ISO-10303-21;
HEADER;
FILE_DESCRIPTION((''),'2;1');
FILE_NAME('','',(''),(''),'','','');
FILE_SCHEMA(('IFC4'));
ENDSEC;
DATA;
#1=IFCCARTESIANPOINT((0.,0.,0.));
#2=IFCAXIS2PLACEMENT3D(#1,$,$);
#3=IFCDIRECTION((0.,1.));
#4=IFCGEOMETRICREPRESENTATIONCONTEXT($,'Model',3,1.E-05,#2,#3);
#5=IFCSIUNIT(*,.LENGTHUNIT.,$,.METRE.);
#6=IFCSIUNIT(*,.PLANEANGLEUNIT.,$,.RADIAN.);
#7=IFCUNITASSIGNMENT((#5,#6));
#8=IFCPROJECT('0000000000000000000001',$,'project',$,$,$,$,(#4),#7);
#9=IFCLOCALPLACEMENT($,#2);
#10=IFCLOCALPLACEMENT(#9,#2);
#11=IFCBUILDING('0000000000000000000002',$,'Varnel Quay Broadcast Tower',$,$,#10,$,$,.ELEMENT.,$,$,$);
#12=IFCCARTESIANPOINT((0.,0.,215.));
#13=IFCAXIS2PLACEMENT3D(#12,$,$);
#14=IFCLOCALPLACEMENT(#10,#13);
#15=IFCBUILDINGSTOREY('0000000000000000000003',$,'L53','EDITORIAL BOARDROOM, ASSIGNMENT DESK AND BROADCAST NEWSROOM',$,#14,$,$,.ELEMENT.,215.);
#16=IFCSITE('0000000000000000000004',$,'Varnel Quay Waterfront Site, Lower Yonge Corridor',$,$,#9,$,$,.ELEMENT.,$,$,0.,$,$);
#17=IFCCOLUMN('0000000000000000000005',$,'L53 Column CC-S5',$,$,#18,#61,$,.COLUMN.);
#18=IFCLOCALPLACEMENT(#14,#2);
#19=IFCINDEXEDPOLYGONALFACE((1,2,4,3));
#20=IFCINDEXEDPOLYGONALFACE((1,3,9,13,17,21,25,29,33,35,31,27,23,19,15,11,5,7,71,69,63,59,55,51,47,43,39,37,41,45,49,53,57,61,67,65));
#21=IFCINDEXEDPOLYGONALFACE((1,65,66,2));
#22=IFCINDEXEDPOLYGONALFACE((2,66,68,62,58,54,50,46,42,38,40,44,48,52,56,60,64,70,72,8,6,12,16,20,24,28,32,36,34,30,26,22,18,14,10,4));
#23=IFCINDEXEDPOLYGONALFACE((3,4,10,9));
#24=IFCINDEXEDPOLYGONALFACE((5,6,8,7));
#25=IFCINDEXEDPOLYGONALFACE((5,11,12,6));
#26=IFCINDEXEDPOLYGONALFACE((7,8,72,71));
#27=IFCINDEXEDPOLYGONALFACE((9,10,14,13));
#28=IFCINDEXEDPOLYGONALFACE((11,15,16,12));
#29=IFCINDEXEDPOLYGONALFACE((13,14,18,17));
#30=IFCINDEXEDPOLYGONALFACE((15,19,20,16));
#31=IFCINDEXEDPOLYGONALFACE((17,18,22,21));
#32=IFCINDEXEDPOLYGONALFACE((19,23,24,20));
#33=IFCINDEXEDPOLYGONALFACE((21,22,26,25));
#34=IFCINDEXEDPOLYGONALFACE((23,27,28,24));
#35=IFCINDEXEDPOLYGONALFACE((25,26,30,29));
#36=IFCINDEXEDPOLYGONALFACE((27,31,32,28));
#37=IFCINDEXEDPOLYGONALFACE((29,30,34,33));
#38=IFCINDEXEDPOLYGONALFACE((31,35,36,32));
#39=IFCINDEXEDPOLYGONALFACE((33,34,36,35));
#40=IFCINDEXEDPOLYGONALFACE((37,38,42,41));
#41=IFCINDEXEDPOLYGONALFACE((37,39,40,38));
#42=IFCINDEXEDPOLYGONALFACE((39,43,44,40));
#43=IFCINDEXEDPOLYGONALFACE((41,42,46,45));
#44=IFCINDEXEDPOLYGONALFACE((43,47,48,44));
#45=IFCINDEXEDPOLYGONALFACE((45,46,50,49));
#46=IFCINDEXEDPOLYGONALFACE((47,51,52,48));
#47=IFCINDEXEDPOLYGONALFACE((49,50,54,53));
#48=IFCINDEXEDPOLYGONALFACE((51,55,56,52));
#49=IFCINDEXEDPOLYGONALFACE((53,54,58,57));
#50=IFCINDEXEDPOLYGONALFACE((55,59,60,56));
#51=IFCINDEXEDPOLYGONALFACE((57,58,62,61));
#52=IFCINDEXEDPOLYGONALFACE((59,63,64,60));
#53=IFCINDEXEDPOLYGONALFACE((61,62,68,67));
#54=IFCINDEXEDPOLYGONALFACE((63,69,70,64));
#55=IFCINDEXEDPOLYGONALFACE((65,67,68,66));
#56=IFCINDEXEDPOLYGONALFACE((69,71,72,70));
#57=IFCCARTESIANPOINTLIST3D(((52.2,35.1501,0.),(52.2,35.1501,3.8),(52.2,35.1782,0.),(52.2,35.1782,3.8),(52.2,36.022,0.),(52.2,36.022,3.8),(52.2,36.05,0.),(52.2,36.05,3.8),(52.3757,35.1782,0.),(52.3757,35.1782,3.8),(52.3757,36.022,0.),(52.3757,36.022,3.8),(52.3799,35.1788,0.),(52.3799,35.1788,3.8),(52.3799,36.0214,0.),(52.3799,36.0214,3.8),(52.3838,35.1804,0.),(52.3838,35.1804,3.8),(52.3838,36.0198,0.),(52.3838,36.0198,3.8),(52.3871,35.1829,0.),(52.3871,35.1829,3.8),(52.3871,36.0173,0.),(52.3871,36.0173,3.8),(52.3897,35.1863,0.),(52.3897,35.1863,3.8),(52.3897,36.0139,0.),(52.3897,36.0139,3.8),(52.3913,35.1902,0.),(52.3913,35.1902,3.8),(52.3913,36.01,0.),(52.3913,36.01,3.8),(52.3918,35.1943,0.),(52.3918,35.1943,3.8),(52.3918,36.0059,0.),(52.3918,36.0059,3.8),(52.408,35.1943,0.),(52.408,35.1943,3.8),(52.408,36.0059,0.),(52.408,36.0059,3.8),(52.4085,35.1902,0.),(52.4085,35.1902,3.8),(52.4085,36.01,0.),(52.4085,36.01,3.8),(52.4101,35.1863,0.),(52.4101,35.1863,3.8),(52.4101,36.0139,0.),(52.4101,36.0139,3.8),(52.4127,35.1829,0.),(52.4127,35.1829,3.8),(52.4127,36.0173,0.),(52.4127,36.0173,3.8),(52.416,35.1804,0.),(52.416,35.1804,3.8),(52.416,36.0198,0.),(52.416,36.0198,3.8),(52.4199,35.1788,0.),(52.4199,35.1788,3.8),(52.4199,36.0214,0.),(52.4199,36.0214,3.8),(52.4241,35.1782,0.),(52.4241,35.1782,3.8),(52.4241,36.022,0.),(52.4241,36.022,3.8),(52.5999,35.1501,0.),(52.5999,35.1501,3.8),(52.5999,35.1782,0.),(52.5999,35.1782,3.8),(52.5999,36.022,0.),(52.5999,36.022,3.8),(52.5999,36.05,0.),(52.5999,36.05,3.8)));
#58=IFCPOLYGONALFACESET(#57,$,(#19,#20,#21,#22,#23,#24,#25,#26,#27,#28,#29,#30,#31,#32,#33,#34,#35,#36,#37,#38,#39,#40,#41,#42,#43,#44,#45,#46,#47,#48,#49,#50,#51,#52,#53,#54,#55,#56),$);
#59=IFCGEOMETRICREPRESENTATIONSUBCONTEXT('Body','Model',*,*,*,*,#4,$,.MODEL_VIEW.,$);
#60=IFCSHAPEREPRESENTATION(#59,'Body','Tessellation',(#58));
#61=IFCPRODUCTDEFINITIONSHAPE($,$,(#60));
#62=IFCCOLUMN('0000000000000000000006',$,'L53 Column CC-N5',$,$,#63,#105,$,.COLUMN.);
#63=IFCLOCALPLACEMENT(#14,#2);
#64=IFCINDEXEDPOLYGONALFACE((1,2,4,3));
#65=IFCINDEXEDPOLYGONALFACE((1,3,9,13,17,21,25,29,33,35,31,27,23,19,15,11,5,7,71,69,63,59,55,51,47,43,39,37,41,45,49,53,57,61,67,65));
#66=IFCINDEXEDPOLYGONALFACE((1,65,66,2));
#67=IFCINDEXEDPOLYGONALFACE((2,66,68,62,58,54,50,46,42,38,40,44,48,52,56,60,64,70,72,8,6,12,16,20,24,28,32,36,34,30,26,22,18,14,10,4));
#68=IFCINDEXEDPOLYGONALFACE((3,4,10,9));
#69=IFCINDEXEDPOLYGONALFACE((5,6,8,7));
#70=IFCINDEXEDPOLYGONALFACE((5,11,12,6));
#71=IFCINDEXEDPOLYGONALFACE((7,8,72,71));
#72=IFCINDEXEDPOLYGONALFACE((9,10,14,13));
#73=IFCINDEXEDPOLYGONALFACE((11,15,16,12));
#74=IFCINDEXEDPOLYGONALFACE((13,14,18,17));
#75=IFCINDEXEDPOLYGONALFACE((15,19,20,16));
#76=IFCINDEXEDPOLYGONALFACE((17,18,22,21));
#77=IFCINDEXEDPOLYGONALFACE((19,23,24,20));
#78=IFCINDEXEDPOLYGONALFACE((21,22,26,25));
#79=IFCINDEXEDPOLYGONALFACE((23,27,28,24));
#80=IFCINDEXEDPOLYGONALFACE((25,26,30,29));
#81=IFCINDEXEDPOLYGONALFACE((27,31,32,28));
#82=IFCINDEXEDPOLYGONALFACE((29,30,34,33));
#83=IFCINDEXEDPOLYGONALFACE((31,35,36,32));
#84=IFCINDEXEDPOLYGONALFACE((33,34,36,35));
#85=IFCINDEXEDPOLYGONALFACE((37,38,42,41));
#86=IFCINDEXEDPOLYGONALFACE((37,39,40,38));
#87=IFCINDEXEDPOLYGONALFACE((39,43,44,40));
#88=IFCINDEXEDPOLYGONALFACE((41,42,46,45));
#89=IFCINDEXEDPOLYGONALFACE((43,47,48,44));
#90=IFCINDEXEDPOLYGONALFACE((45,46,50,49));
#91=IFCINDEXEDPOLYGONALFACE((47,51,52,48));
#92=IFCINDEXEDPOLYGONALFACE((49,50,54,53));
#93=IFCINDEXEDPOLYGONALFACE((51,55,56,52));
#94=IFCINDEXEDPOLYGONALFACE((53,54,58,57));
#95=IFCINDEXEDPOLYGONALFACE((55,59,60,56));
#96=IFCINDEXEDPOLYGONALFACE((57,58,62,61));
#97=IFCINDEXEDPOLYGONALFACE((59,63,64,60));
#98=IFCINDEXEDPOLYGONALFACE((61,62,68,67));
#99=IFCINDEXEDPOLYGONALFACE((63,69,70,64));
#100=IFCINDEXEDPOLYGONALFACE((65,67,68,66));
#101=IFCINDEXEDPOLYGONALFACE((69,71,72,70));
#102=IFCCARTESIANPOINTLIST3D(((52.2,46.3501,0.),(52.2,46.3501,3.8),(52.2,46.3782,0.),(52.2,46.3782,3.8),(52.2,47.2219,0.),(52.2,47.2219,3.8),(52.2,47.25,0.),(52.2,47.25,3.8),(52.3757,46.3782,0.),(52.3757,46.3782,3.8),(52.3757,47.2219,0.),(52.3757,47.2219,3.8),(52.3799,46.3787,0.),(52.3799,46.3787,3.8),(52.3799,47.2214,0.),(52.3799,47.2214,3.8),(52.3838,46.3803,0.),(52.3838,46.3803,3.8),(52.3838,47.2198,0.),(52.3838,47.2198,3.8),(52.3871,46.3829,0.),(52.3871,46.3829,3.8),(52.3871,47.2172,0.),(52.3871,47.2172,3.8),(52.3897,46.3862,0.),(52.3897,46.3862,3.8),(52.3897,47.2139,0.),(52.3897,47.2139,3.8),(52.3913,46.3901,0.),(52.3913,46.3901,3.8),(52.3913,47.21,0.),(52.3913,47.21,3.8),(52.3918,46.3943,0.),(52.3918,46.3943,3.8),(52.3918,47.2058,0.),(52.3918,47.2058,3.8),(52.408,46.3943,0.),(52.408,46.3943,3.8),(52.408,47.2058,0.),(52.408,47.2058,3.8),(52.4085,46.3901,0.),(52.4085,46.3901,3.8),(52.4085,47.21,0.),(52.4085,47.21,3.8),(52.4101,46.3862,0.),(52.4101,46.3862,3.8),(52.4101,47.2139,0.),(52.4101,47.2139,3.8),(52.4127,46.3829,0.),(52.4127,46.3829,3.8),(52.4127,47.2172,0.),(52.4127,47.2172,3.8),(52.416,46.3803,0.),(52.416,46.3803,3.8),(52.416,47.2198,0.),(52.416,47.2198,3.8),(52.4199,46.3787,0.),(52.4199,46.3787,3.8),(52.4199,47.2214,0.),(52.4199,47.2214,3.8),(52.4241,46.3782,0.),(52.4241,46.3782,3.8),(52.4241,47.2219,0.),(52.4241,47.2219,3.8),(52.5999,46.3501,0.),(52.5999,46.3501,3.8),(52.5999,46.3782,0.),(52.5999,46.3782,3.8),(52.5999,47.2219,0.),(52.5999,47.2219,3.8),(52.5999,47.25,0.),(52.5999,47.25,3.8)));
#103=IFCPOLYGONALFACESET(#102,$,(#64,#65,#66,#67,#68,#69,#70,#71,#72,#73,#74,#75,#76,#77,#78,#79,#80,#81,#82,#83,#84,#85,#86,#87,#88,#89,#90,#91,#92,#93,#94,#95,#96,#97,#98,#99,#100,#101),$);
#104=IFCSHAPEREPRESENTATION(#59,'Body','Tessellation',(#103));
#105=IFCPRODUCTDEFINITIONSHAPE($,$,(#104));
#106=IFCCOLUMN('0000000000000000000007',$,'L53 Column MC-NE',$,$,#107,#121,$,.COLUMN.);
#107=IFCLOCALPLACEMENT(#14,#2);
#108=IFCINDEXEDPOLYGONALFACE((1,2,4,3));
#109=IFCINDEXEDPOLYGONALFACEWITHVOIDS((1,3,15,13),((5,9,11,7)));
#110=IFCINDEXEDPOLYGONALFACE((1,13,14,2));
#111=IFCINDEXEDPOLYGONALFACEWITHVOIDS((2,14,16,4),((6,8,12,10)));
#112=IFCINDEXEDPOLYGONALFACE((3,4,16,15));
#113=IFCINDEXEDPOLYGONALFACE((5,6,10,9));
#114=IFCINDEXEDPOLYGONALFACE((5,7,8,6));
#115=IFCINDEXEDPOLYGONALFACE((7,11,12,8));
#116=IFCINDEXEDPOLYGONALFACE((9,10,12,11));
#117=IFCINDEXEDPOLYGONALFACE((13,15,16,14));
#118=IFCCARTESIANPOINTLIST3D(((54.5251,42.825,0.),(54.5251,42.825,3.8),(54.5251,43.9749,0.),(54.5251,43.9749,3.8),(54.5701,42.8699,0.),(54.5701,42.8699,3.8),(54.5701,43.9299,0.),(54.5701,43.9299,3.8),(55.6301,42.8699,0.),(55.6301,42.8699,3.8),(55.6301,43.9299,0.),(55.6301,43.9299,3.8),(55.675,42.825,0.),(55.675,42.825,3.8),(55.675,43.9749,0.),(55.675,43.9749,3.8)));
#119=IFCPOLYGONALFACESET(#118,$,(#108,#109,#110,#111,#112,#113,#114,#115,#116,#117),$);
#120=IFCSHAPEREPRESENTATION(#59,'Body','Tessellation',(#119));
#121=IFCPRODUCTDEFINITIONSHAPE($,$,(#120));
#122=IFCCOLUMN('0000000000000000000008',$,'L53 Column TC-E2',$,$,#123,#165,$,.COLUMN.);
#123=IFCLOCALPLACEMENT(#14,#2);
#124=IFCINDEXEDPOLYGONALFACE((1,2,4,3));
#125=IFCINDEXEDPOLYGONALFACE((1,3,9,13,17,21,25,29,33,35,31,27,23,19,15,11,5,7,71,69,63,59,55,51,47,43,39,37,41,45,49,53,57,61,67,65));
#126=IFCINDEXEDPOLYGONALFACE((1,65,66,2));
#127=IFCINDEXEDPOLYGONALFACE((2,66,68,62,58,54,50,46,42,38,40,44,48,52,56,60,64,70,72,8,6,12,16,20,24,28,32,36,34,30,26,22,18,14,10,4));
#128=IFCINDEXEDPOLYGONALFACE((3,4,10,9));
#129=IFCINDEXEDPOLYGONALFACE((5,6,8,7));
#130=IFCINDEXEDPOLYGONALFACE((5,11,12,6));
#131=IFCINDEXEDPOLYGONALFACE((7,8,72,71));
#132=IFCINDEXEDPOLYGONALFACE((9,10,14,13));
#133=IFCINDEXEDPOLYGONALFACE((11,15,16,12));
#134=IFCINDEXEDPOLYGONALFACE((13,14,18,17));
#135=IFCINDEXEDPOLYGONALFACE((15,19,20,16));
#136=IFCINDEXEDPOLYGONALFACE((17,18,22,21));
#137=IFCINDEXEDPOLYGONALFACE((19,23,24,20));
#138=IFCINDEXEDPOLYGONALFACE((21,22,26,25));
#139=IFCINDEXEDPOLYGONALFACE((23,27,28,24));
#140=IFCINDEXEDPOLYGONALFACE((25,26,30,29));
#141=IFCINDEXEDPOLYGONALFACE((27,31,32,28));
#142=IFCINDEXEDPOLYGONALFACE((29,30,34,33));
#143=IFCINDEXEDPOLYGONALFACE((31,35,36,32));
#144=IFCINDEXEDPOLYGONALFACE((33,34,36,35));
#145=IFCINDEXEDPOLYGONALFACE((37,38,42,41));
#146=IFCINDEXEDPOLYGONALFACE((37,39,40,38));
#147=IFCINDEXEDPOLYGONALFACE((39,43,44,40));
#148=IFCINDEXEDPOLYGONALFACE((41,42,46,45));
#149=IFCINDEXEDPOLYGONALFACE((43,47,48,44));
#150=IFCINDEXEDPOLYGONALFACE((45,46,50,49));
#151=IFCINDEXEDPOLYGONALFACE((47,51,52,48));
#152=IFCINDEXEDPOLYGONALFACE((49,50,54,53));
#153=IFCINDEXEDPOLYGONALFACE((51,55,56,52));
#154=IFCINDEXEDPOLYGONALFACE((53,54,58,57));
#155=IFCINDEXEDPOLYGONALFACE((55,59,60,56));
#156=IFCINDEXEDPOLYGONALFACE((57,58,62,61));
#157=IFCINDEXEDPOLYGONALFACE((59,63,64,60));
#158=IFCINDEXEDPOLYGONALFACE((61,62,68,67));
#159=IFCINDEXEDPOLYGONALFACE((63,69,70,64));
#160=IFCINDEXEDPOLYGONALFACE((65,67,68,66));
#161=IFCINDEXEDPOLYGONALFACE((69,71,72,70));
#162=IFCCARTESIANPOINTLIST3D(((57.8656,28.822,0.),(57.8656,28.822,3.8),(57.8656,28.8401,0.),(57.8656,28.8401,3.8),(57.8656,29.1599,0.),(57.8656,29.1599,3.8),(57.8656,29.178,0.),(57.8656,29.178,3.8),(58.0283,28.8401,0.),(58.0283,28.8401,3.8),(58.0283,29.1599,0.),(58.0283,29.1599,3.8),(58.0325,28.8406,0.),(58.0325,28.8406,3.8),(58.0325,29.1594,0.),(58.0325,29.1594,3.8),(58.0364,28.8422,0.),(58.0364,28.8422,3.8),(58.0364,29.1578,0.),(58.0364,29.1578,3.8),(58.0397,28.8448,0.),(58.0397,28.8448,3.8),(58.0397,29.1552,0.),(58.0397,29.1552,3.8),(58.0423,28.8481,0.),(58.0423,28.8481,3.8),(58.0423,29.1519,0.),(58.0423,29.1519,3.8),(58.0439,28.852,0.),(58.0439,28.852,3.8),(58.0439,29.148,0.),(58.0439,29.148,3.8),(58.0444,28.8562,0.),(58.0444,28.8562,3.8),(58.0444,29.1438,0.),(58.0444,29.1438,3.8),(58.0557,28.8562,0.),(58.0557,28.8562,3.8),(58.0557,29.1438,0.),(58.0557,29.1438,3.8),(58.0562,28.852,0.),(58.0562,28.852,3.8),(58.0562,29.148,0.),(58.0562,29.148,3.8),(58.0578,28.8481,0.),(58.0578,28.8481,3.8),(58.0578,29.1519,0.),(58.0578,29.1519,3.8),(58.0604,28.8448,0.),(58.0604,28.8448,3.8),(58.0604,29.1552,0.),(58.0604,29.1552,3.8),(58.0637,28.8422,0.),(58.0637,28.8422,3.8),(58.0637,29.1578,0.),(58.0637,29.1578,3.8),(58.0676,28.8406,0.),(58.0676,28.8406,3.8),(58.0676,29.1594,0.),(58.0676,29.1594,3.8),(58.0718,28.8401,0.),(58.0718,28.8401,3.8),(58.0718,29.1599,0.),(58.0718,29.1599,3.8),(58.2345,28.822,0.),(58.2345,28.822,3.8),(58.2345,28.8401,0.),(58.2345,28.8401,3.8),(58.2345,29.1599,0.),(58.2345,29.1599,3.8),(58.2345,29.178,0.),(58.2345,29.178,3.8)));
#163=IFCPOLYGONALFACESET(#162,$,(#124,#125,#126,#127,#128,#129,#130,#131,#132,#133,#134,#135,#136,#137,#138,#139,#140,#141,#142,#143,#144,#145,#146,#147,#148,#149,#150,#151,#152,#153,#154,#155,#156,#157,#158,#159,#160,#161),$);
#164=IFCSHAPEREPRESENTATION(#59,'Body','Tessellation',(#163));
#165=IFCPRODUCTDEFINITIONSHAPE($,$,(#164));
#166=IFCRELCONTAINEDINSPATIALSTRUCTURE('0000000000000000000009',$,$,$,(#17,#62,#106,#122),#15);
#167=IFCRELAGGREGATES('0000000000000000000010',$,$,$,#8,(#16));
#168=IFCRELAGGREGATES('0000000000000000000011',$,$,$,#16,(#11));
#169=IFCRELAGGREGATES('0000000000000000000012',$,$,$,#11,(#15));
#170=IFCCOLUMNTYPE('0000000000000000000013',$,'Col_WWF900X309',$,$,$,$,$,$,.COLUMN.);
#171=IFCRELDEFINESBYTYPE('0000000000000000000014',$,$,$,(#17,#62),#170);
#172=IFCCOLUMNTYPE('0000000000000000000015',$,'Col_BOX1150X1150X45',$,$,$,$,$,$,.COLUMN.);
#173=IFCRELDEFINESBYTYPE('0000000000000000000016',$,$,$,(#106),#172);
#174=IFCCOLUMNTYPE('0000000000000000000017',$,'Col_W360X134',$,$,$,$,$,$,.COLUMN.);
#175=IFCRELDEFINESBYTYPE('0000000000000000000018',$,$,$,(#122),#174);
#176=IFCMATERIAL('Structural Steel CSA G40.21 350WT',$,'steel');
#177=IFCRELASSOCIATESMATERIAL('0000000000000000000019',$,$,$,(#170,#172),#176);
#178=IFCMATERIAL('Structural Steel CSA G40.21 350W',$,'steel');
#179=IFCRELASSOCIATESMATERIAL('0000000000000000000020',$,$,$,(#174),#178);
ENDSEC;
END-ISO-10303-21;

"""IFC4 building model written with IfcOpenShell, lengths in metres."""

from ifc_helpers import new_model, si_unit, direction, frame, origin, origin_2d, place, context, subcontext, project, spatial, hollow_rectangle, i_section, extrude, source, transform, mapped, material, material_profile, profile_set, type_object, type_shapes, element, save


model = new_model("IFC4")

# Units and contexts
model_context = context("Model", 3, precision=1e-05, world=origin(), true_north=direction((0.0, 1.0)))
body_context = subcontext(model_context, "Body", "Model", "MODEL_VIEW")
ifc_project = project(units=[si_unit("LENGTHUNIT", "METRE"), si_unit("PLANEANGLEUNIT", "RADIAN")], contexts=[model_context])

# Site, building, storey
site_placement = place(None, origin())
site = spatial("IfcSite", under=ifc_project, at=site_placement, Name="Varnel Quay Waterfront Site, Lower Yonge Corridor", CompositionType="ELEMENT", RefElevation=0.0)
building_placement = place(site_placement, origin())
building = spatial("IfcBuilding", under=site, at=building_placement, Name="Varnel Quay Broadcast Tower", CompositionType="ELEMENT")
storey_placement = place(building_placement, frame((0.0, 0.0, 215.0)))
storey = spatial("IfcBuildingStorey", under=building, at=storey_placement, Name="L53", Description="EDITORIAL BOARDROOM, ASSIGNMENT DESK AND BROADCAST NEWSROOM", CompositionType="ELEMENT", Elevation=215.0)

# Columns
ifc_material_1 = material(Name="Structural Steel CSA G40.21 350WT", Category="steel")
ifc_material_profile_1 = material_profile(ifc_material_1, i_section(OverallWidth=0.3999, OverallDepth=0.8999, WebThickness=0.0161, FlangeThickness=0.0281, FilletRadius=0.0161, at=origin_2d()), Name="WWF900X309")
ifc_profile_set_1 = profile_set([ifc_material_profile_1], Name="Structural Steel CSA G40.21 350WT")
column_type_1 = type_object("IfcColumnType", Name="Col_WWF900X309", PredefinedType="COLUMN", material=ifc_profile_set_1)
shared_shape_1 = source(origin(), body_context, "Body", "SweptSolid", [
    extrude(i_section(OverallWidth=0.3999, OverallDepth=0.8999, WebThickness=0.0161, FlangeThickness=0.0281, FilletRadius=0.0161, at=origin_2d()), origin(), (0.0, 0.0, 1.0), 3.8),
])
type_shapes(column_type_1, [shared_shape_1])
for number, where, z_axis, x_axis, name in (
    (1, (52.3999, 35.6001, 0.0), (0.0, 0.0, 1.0), (1.0, 0.0, 0.0), "L53 Column CC-S5"),
    (2, (52.3999, 46.8, 0.0), (0.0, 0.0, 1.0), (1.0, 0.0, 0.0), "L53 Column CC-N5"),
):
    element("IfcColumn", number, at=place(storey_placement, frame(where, z_axis=z_axis, x_axis=x_axis)), inside=storey, type_object=column_type_1, Name=name, PredefinedType="COLUMN", context=body_context, shape_type="MappedRepresentation", body=[
        mapped(shared_shape_1, transform((0.0, 0.0, 0.0), x_axis=(1.0, 0.0, 0.0), y_axis=(0.0, 1.0, 0.0), z_axis=(0.0, 0.0, 1.0), scale=1.0)),
    ])
ifc_material_profile_2 = material_profile(ifc_material_1, hollow_rectangle(XDim=1.1499, YDim=1.1499, WallThickness=0.0449, at=origin_2d()), Name="BOX1150X1150X45")
ifc_profile_set_2 = profile_set([ifc_material_profile_2], Name="Structural Steel CSA G40.21 350WT")
column_type_2 = type_object("IfcColumnType", Name="Col_BOX1150X1150X45", PredefinedType="COLUMN", material=ifc_profile_set_2)
shared_shape_2 = source(origin(), body_context, "Body", "SweptSolid", [
    extrude(hollow_rectangle(XDim=1.1499, YDim=1.1499, WallThickness=0.0449, at=origin_2d()), origin(), (0.0, 0.0, 1.0), 3.8),
])
type_shapes(column_type_2, [shared_shape_2])
column_placement = place(storey_placement, frame((55.1001, 43.3999, 0.0), z_axis=(0.0, 0.0, 1.0), x_axis=(1.0, 0.0, 0.0)))
element("IfcColumn", 3, at=column_placement, inside=storey, type_object=column_type_2, Name="L53 Column MC-NE", PredefinedType="COLUMN", context=body_context, shape_type="MappedRepresentation", body=[
    mapped(shared_shape_2, transform((0.0, 0.0, 0.0), x_axis=(1.0, 0.0, 0.0), y_axis=(0.0, 1.0, 0.0), z_axis=(0.0, 0.0, 1.0), scale=1.0)),
])
ifc_material_2 = material(Name="Structural Steel CSA G40.21 350W", Category="steel")
ifc_material_profile_3 = material_profile(ifc_material_2, i_section(OverallWidth=0.3689, OverallDepth=0.356, WebThickness=0.0112, FlangeThickness=0.0181, FilletRadius=0.0161, at=origin_2d()), Name="W360X134")
ifc_profile_set_3 = profile_set([ifc_material_profile_3], Name="Structural Steel CSA G40.21 350W")
column_type_3 = type_object("IfcColumnType", Name="Col_W360X134", PredefinedType="COLUMN", material=ifc_profile_set_3)
shared_shape_3 = source(origin(), body_context, "Body", "SweptSolid", [
    extrude(i_section(OverallWidth=0.3689, OverallDepth=0.356, WebThickness=0.0112, FlangeThickness=0.0181, FilletRadius=0.0161, at=origin_2d()), origin(), (0.0, 0.0, 1.0), 3.8),
])
type_shapes(column_type_3, [shared_shape_3])
for number, where, z_axis, x_axis, name in (
    (4, (58.05, 29.0, 0.0), (0.0, 0.0, 1.0), (1.0, 0.0, 0.0), "L53 Column TC-E2"),
):
    element("IfcColumn", number, at=place(storey_placement, frame(where, z_axis=z_axis, x_axis=x_axis)), inside=storey, type_object=column_type_3, Name=name, PredefinedType="COLUMN", context=body_context, shape_type="MappedRepresentation", body=[
        mapped(shared_shape_3, transform((0.0, 0.0, 0.0), x_axis=(1.0, 0.0, 0.0), y_axis=(0.0, 1.0, 0.0), z_axis=(0.0, 0.0, 1.0), scale=1.0)),
    ])

save(model, "model.ifc")
